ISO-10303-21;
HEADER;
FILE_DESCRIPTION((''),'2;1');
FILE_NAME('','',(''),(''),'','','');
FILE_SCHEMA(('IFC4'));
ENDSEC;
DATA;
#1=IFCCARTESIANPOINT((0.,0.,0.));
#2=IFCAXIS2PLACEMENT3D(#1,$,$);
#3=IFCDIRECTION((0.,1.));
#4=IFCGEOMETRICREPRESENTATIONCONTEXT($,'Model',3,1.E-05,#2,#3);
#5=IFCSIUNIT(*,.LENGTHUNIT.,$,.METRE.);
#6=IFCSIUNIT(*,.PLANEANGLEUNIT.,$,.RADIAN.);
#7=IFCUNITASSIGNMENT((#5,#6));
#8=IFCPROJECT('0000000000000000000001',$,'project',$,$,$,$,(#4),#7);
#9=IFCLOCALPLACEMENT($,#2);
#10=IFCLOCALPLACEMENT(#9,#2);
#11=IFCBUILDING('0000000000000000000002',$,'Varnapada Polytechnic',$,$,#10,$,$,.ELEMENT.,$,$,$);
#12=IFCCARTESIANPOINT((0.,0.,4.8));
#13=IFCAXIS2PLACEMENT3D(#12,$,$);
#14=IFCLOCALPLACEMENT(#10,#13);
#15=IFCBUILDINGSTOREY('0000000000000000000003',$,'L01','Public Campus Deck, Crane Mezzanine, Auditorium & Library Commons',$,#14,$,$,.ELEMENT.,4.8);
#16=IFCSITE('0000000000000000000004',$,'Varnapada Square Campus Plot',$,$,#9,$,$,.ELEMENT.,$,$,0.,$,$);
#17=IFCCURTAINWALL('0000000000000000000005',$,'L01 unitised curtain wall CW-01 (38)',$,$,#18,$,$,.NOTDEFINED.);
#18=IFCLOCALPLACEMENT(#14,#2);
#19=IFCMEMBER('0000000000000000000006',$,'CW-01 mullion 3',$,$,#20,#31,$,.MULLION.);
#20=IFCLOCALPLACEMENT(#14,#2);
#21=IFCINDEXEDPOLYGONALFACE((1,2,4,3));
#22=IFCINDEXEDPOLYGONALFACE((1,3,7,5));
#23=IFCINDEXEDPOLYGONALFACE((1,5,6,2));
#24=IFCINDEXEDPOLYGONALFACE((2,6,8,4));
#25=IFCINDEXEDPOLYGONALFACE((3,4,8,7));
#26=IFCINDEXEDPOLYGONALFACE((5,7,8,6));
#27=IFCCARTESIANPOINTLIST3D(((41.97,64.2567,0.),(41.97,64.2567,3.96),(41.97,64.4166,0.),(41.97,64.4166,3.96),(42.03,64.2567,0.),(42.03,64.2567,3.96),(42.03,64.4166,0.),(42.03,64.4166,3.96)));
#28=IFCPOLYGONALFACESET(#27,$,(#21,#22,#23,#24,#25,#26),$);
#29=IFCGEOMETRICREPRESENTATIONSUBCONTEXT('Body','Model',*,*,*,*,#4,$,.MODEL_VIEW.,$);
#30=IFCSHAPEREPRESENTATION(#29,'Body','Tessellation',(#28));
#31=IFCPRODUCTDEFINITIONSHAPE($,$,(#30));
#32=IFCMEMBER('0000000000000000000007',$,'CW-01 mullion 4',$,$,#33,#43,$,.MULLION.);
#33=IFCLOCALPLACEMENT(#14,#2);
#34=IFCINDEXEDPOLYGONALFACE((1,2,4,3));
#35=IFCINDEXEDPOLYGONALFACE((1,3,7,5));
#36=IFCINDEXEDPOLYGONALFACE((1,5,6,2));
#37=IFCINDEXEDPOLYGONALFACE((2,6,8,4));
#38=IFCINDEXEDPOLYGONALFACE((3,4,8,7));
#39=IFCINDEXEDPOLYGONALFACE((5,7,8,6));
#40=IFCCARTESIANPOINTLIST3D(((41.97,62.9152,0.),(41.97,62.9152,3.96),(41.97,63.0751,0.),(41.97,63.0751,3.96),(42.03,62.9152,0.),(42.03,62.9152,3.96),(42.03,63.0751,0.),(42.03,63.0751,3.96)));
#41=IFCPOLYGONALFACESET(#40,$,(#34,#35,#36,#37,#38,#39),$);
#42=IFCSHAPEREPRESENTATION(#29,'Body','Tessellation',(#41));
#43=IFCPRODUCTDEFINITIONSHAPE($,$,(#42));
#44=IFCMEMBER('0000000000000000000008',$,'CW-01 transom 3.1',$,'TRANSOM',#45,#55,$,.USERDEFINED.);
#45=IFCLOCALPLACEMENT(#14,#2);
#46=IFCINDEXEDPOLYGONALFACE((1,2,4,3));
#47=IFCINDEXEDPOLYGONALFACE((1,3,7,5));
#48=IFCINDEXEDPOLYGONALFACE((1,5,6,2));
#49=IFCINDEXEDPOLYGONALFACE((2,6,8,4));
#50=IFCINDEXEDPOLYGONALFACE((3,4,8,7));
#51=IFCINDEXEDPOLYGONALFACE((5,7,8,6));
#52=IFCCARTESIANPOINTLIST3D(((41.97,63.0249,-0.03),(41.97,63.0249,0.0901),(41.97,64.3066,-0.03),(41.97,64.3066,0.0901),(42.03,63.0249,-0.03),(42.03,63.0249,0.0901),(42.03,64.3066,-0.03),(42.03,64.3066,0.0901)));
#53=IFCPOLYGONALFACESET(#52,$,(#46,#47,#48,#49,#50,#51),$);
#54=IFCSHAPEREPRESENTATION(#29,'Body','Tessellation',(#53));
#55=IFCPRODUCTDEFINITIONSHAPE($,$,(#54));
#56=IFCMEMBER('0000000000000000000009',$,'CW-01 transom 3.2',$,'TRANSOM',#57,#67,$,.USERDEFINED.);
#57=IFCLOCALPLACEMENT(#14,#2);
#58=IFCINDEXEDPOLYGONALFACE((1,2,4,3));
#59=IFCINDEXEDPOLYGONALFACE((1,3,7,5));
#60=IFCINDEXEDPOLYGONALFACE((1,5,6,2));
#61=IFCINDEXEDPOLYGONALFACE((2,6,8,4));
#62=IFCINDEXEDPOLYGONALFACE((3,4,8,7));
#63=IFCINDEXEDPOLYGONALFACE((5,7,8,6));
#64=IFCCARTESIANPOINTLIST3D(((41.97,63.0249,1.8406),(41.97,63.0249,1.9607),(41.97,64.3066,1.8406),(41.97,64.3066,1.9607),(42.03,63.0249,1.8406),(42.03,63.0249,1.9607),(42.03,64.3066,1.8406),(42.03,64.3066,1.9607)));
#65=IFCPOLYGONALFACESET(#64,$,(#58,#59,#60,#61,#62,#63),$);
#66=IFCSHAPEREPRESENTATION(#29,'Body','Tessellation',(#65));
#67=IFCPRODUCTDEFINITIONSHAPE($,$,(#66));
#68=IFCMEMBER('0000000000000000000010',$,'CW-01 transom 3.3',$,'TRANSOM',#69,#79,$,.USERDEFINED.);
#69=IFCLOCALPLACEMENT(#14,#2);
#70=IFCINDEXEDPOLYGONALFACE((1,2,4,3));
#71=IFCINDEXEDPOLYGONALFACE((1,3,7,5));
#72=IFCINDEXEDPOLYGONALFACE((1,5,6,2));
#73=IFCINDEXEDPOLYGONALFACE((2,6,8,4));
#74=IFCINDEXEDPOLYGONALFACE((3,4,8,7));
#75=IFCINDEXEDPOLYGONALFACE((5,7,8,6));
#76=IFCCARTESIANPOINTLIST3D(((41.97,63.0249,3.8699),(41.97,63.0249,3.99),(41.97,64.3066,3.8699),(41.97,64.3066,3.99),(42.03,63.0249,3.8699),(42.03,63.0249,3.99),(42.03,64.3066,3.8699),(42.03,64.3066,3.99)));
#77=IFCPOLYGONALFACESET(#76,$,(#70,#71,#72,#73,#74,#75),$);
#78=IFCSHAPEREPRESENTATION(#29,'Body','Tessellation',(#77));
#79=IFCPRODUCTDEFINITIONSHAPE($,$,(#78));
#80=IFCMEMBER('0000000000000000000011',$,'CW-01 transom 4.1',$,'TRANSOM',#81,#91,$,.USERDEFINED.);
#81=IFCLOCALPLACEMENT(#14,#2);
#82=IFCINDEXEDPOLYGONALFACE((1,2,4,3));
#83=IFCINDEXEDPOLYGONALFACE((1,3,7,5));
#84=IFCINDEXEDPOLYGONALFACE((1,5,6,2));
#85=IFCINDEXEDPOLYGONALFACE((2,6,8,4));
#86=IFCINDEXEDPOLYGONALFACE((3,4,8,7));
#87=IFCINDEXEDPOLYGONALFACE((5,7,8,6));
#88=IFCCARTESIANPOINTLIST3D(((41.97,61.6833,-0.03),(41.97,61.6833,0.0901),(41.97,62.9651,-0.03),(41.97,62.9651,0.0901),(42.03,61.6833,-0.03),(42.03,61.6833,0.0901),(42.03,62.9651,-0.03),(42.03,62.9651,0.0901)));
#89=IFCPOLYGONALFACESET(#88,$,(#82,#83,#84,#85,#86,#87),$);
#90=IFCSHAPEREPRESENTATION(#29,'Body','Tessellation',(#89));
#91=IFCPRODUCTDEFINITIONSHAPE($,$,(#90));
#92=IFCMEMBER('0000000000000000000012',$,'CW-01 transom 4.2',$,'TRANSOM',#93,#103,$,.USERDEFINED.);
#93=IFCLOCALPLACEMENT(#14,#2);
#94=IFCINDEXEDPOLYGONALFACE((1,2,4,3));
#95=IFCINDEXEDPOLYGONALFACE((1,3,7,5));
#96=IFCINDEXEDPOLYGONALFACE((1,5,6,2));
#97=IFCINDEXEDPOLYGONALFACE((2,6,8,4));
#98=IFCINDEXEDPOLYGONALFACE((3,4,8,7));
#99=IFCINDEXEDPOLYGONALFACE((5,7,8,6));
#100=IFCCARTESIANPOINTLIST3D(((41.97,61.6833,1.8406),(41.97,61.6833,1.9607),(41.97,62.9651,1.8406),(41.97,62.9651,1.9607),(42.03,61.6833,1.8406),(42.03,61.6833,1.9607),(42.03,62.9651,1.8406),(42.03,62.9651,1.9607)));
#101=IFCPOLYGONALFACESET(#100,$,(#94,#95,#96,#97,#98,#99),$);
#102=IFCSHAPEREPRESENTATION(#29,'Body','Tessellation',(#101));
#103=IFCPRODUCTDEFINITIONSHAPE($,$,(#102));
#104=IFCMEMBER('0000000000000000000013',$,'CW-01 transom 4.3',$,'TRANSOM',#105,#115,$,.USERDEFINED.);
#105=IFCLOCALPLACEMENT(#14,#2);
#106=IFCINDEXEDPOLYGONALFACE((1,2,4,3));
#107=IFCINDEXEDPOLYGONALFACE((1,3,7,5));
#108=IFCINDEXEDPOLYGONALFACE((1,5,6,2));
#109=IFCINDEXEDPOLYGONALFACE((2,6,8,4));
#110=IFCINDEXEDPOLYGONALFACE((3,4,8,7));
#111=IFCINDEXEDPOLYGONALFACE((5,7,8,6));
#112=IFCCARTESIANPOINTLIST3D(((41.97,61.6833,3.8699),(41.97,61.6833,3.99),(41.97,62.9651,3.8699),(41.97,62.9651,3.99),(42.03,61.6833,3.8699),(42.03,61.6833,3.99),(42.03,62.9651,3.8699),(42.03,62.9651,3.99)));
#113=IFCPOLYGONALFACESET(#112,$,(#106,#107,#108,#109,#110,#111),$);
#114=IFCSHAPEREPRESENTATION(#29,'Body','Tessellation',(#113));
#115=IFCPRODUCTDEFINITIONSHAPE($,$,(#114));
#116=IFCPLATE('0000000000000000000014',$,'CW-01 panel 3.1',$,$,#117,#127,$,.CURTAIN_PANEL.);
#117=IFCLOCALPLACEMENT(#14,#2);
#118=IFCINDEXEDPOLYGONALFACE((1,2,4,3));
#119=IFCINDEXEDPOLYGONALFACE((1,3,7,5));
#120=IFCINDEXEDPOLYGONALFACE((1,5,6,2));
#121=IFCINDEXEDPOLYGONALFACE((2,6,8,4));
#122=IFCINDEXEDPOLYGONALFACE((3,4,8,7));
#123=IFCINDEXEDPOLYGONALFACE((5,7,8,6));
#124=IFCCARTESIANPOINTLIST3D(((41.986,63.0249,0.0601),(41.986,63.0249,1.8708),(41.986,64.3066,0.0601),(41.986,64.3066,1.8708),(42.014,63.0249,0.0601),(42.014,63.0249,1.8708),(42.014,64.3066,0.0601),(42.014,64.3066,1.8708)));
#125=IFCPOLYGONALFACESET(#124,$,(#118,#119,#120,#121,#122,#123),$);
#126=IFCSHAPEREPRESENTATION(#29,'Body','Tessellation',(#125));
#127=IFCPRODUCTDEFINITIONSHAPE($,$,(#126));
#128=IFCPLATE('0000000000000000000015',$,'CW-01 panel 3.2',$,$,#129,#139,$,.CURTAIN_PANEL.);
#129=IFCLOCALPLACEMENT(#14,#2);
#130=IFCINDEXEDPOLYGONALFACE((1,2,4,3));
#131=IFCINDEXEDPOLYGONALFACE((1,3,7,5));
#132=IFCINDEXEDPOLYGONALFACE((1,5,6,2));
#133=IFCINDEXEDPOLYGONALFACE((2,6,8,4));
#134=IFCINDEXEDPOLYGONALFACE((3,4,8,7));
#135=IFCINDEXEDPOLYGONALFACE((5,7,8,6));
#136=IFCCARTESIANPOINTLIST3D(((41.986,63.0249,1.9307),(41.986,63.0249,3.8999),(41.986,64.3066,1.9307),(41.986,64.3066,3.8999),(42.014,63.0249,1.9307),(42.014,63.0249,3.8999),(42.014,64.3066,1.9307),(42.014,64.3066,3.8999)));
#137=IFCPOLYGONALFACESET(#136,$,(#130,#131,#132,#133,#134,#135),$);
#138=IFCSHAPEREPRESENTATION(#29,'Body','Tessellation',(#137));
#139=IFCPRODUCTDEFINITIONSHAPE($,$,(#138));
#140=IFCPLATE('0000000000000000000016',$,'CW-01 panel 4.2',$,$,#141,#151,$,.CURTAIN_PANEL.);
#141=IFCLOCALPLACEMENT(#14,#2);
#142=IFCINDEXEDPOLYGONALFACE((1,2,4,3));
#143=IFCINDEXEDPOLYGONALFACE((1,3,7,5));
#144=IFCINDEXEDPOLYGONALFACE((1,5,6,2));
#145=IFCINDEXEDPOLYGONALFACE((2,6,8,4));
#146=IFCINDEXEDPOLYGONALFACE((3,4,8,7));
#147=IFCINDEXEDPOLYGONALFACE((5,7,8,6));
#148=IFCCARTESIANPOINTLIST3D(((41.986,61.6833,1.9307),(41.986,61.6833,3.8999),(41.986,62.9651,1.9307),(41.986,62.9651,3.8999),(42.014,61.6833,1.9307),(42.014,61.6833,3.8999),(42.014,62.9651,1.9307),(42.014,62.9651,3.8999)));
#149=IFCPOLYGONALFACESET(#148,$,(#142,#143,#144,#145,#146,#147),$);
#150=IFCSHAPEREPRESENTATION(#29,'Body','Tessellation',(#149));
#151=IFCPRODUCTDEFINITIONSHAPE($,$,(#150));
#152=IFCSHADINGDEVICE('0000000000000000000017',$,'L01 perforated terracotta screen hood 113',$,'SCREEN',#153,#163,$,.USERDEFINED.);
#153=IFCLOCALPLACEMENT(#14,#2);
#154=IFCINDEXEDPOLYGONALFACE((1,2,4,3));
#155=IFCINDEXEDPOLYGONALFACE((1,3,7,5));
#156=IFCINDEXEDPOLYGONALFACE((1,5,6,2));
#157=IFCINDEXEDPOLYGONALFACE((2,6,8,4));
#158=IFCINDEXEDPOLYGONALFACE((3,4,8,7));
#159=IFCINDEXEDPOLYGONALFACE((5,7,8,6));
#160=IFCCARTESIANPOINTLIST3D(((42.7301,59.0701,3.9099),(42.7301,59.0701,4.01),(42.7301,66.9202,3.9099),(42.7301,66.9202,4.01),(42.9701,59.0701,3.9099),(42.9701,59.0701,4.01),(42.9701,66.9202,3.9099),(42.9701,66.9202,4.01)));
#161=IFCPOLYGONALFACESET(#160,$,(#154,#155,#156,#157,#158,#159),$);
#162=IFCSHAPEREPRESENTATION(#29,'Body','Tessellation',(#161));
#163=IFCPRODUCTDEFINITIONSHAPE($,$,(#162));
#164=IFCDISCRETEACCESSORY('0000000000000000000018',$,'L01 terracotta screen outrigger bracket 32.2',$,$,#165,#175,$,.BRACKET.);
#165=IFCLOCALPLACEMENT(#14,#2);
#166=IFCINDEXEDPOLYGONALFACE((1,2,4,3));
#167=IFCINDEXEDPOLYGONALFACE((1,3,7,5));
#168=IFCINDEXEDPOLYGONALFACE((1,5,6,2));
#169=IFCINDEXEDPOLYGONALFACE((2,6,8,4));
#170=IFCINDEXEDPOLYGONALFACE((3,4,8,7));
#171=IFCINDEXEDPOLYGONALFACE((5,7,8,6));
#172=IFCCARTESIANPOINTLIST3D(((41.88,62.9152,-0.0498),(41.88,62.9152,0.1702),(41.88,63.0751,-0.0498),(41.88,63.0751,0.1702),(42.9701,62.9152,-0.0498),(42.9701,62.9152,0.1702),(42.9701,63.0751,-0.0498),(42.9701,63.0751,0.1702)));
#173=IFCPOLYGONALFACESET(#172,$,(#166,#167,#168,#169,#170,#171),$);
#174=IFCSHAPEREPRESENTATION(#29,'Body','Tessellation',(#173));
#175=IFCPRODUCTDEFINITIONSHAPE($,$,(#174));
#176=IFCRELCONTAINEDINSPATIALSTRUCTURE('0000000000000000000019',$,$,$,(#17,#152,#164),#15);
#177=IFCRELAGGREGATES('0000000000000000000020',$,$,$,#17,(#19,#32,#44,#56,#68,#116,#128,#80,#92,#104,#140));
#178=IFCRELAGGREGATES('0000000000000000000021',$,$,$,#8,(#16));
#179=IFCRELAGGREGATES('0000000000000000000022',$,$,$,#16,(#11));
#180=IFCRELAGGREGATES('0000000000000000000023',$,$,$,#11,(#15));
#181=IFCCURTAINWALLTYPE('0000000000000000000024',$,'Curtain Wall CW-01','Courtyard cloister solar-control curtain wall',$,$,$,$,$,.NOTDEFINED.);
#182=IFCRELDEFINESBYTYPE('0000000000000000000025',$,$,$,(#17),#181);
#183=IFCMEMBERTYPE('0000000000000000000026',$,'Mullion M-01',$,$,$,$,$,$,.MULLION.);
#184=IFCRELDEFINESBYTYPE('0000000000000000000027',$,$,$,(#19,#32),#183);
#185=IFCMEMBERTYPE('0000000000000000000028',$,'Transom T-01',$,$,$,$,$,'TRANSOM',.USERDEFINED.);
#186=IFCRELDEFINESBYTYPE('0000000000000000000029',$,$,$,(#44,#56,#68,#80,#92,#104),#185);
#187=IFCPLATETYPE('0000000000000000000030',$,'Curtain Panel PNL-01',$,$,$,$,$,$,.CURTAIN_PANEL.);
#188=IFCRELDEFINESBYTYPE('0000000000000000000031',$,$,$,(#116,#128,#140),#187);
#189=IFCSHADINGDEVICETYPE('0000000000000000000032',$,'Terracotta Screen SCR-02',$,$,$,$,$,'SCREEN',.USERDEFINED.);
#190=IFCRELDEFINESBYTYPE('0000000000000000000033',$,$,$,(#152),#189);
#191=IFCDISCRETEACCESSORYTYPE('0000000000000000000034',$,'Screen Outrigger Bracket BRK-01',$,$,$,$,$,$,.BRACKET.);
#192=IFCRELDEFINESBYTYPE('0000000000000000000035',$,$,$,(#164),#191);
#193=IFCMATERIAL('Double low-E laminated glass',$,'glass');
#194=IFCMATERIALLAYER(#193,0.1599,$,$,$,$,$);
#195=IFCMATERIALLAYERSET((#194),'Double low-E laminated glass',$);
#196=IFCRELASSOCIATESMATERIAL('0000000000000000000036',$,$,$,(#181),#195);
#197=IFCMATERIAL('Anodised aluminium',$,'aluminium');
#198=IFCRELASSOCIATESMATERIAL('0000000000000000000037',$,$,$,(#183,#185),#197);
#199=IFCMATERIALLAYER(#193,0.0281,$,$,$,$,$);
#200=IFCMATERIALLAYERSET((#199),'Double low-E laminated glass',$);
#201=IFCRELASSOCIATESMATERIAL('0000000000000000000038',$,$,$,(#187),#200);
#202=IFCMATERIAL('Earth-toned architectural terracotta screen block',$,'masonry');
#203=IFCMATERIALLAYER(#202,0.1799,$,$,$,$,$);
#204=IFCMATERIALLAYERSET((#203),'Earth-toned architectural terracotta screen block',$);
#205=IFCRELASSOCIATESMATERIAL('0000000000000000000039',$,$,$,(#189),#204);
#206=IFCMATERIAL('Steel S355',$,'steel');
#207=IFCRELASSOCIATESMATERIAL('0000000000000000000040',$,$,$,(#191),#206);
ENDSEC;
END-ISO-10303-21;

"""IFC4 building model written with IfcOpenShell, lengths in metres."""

from ifc_helpers import new_model, si_unit, direction, frame, origin, origin_2d, place, context, subcontext, project, spatial, rectangle, extrude, material, layer, layer_set, material_profile, profile_set, type_object, element, aggregate, save


model = new_model("IFC4")

# Units and contexts
model_context = context("Model", 3, precision=1e-05, world=origin(), true_north=direction((0.0, 1.0)))
body_context = subcontext(model_context, "Body", "Model", "MODEL_VIEW")
ifc_project = project(units=[si_unit("LENGTHUNIT", "METRE"), si_unit("PLANEANGLEUNIT", "RADIAN")], contexts=[model_context])

# Site, building, storey
site_placement = place(None, origin())
site = spatial("IfcSite", under=ifc_project, at=site_placement, Name="Varnapada Square Campus Plot", CompositionType="ELEMENT", RefElevation=0.0)
building_placement = place(site_placement, origin())
building = spatial("IfcBuilding", under=site, at=building_placement, Name="Varnapada Polytechnic", CompositionType="ELEMENT")
storey_placement = place(building_placement, frame((0.0, 0.0, 4.8)))
storey = spatial("IfcBuildingStorey", under=building, at=storey_placement, Name="L01", Description="Public Campus Deck, Crane Mezzanine, Auditorium & Library Commons", CompositionType="ELEMENT", Elevation=4.8)

# Curtain wall, members, plates
ifc_material_1 = material(Name="Double low-E laminated glass", Category="glass")
ifc_layer_1 = layer(ifc_material_1, 0.1599)
ifc_layer_set_1 = layer_set([ifc_layer_1], Name="Double low-E laminated glass")
curtain_wall_type = type_object("IfcCurtainWallType", Name="Curtain Wall CW-01", Description="Courtyard cloister solar-control curtain wall", PredefinedType="NOTDEFINED", material=ifc_layer_set_1)
curtain_wall_placement = place(storey_placement, origin())
curtain_wall = element("IfcCurtainWall", 1, at=curtain_wall_placement, inside=storey, type_object=curtain_wall_type, Name="L01 unitised curtain wall CW-01 (38)", PredefinedType="NOTDEFINED")
ifc_material_2 = material(Name="Anodised aluminium", Category="aluminium")
ifc_material_profile_1 = material_profile(ifc_material_2, rectangle(XDim=0.0601, YDim=0.1599, at=origin_2d()), Name="ALU M60x160")
ifc_profile_set_1 = profile_set([ifc_material_profile_1], Name="Anodised aluminium")
member_type_1 = type_object("IfcMemberType", Name="Mullion M-01", PredefinedType="MULLION", material=ifc_profile_set_1)
member_1_placement = place(storey_placement, frame((42.0, 64.3367, 0.0), z_axis=(0.0, 0.0, 1.0), x_axis=(1.0, 0.0, 0.0)))
member_1 = element("IfcMember", 2, at=member_1_placement, type_object=member_type_1, Name="CW-01 mullion 3", PredefinedType="MULLION", context=body_context, shape_type="SweptSolid", body=[
    extrude(rectangle(XDim=0.0601, YDim=0.1599, at=origin_2d()), origin(), (0.0, 0.0, 1.0), 3.96),
])
member_2_placement = place(storey_placement, frame((42.0, 62.9951, 0.0), z_axis=(0.0, 0.0, 1.0), x_axis=(1.0, 0.0, 0.0)))
member_2 = element("IfcMember", 3, at=member_2_placement, type_object=member_type_1, Name="CW-01 mullion 4", PredefinedType="MULLION", context=body_context, shape_type="SweptSolid", body=[
    extrude(rectangle(XDim=0.0601, YDim=0.1599, at=origin_2d()), origin(), (0.0, 0.0, 1.0), 3.96),
])
ifc_material_profile_2 = material_profile(ifc_material_2, rectangle(XDim=0.0601, YDim=0.1201, at=origin_2d()), Name="ALU T60x120")
ifc_profile_set_2 = profile_set([ifc_material_profile_2], Name="Anodised aluminium")
member_type_2 = type_object("IfcMemberType", Name="Transom T-01", ElementType="TRANSOM", PredefinedType="USERDEFINED", material=ifc_profile_set_2)
member_3_placement = place(storey_placement, frame((42.0, 64.3066, 0.03), z_axis=(0.0, -1.0, 0.0), x_axis=(1.0, 0.0, 0.0)))
member_3 = element("IfcMember", 4, at=member_3_placement, type_object=member_type_2, Name="CW-01 transom 3.1", ObjectType="TRANSOM", PredefinedType="USERDEFINED", context=body_context, shape_type="SweptSolid", body=[
    extrude(rectangle(XDim=0.0601, YDim=0.1201, at=origin_2d()), origin(), (0.0, 0.0, 1.0), 1.2817),
])
member_4_placement = place(storey_placement, frame((42.0, 64.3066, 1.9006), z_axis=(0.0, -1.0, 0.0), x_axis=(1.0, 0.0, 0.0)))
member_4 = element("IfcMember", 5, at=member_4_placement, type_object=member_type_2, Name="CW-01 transom 3.2", ObjectType="TRANSOM", PredefinedType="USERDEFINED", context=body_context, shape_type="SweptSolid", body=[
    extrude(rectangle(XDim=0.0601, YDim=0.1201, at=origin_2d()), origin(), (0.0, 0.0, 1.0), 1.2817),
])
member_5_placement = place(storey_placement, frame((42.0, 64.3066, 3.9299), z_axis=(0.0, -1.0, 0.0), x_axis=(1.0, 0.0, 0.0)))
member_5 = element("IfcMember", 6, at=member_5_placement, type_object=member_type_2, Name="CW-01 transom 3.3", ObjectType="TRANSOM", PredefinedType="USERDEFINED", context=body_context, shape_type="SweptSolid", body=[
    extrude(rectangle(XDim=0.0601, YDim=0.1201, at=origin_2d()), origin(), (0.0, 0.0, 1.0), 1.2817),
])
member_6_placement = place(storey_placement, frame((42.0, 62.9651, 0.03), z_axis=(0.0, -1.0, 0.0), x_axis=(1.0, 0.0, 0.0)))
member_6 = element("IfcMember", 7, at=member_6_placement, type_object=member_type_2, Name="CW-01 transom 4.1", ObjectType="TRANSOM", PredefinedType="USERDEFINED", context=body_context, shape_type="SweptSolid", body=[
    extrude(rectangle(XDim=0.0601, YDim=0.1201, at=origin_2d()), origin(), (0.0, 0.0, 1.0), 1.2817),
])
member_7_placement = place(storey_placement, frame((42.0, 62.9651, 1.9006), z_axis=(0.0, -1.0, 0.0), x_axis=(1.0, 0.0, 0.0)))
member_7 = element("IfcMember", 8, at=member_7_placement, type_object=member_type_2, Name="CW-01 transom 4.2", ObjectType="TRANSOM", PredefinedType="USERDEFINED", context=body_context, shape_type="SweptSolid", body=[
    extrude(rectangle(XDim=0.0601, YDim=0.1201, at=origin_2d()), origin(), (0.0, 0.0, 1.0), 1.2817),
])
member_8_placement = place(storey_placement, frame((42.0, 62.9651, 3.9299), z_axis=(0.0, -1.0, 0.0), x_axis=(1.0, 0.0, 0.0)))
member_8 = element("IfcMember", 9, at=member_8_placement, type_object=member_type_2, Name="CW-01 transom 4.3", ObjectType="TRANSOM", PredefinedType="USERDEFINED", context=body_context, shape_type="SweptSolid", body=[
    extrude(rectangle(XDim=0.0601, YDim=0.1201, at=origin_2d()), origin(), (0.0, 0.0, 1.0), 1.2817),
])
ifc_layer_2 = layer(ifc_material_1, 0.0281)
ifc_layer_set_2 = layer_set([ifc_layer_2], Name="Double low-E laminated glass")
plate_type = type_object("IfcPlateType", Name="Curtain Panel PNL-01", PredefinedType="CURTAIN_PANEL", material=ifc_layer_set_2)
plate_1_placement = place(storey_placement, frame((42.0, 63.6658, 0.0601), z_axis=(0.0, 0.0, 1.0), x_axis=(0.0, -1.0, 0.0)))
plate_1 = element("IfcPlate", 10, at=plate_1_placement, type_object=plate_type, Name="CW-01 panel 3.1", PredefinedType="CURTAIN_PANEL", context=body_context, shape_type="SweptSolid", body=[
    extrude(rectangle(XDim=1.2817, YDim=0.0281, at=origin_2d()), origin(), (0.0, 0.0, 1.0), 1.8108),
])
plate_2_placement = place(storey_placement, frame((42.0, 63.6658, 1.9307), z_axis=(0.0, 0.0, 1.0), x_axis=(0.0, -1.0, 0.0)))
plate_2 = element("IfcPlate", 11, at=plate_2_placement, type_object=plate_type, Name="CW-01 panel 3.2", PredefinedType="CURTAIN_PANEL", context=body_context, shape_type="SweptSolid", body=[
    extrude(rectangle(XDim=1.2817, YDim=0.0281, at=origin_2d()), origin(), (0.0, 0.0, 1.0), 1.9692),
])
plate_3_placement = place(storey_placement, frame((42.0, 62.3242, 1.9307), z_axis=(0.0, 0.0, 1.0), x_axis=(0.0, -1.0, 0.0)))
plate_3 = element("IfcPlate", 12, at=plate_3_placement, type_object=plate_type, Name="CW-01 panel 4.2", PredefinedType="CURTAIN_PANEL", context=body_context, shape_type="SweptSolid", body=[
    extrude(rectangle(XDim=1.2817, YDim=0.0281, at=origin_2d()), origin(), (0.0, 0.0, 1.0), 1.9692),
])
aggregate(curtain_wall, [member_1, member_2, member_3, member_4, member_5, plate_1, plate_2, member_6, member_7, member_8, plate_3])

# Shading device
ifc_material_3 = material(Name="Earth-toned architectural terracotta screen block", Category="masonry")
ifc_layer_3 = layer(ifc_material_3, 0.1799)
ifc_layer_set_3 = layer_set([ifc_layer_3], Name="Earth-toned architectural terracotta screen block")
shading_device_type = type_object("IfcShadingDeviceType", Name="Terracotta Screen SCR-02", ElementType="SCREEN", PredefinedType="USERDEFINED", material=ifc_layer_set_3)
shading_device_placement = place(storey_placement, frame((42.8501, 62.9951, 3.9099), z_axis=(0.0, 0.0, 1.0), x_axis=(0.0, -1.0, 0.0)))
element("IfcShadingDevice", 13, at=shading_device_placement, inside=storey, type_object=shading_device_type, Name="L01 perforated terracotta screen hood 113", ObjectType="SCREEN", PredefinedType="USERDEFINED", context=body_context, shape_type="SweptSolid", body=[
    extrude(rectangle(XDim=7.8501, YDim=0.24, at=origin_2d()), origin(), (0.0, 0.0, 1.0), 0.1001),
])

# Discrete accessory
ifc_material_4 = material(Name="Steel S355", Category="steel")
discrete_accessory_type = type_object("IfcDiscreteAccessoryType", Name="Screen Outrigger Bracket BRK-01", PredefinedType="BRACKET", material=ifc_material_4)
discrete_accessory_placement = place(storey_placement, frame((42.425, 62.9951, -0.0498), z_axis=(0.0, 0.0, 1.0), x_axis=(0.0, -1.0, 0.0)))
element("IfcDiscreteAccessory", 14, at=discrete_accessory_placement, inside=storey, type_object=discrete_accessory_type, Name="L01 terracotta screen outrigger bracket 32.2", PredefinedType="BRACKET", context=body_context, shape_type="SweptSolid", body=[
    extrude(rectangle(XDim=0.1599, YDim=1.0901, at=origin_2d()), origin(), (0.0, 0.0, 1.0), 0.22),
])

save(model, "model.ifc")
